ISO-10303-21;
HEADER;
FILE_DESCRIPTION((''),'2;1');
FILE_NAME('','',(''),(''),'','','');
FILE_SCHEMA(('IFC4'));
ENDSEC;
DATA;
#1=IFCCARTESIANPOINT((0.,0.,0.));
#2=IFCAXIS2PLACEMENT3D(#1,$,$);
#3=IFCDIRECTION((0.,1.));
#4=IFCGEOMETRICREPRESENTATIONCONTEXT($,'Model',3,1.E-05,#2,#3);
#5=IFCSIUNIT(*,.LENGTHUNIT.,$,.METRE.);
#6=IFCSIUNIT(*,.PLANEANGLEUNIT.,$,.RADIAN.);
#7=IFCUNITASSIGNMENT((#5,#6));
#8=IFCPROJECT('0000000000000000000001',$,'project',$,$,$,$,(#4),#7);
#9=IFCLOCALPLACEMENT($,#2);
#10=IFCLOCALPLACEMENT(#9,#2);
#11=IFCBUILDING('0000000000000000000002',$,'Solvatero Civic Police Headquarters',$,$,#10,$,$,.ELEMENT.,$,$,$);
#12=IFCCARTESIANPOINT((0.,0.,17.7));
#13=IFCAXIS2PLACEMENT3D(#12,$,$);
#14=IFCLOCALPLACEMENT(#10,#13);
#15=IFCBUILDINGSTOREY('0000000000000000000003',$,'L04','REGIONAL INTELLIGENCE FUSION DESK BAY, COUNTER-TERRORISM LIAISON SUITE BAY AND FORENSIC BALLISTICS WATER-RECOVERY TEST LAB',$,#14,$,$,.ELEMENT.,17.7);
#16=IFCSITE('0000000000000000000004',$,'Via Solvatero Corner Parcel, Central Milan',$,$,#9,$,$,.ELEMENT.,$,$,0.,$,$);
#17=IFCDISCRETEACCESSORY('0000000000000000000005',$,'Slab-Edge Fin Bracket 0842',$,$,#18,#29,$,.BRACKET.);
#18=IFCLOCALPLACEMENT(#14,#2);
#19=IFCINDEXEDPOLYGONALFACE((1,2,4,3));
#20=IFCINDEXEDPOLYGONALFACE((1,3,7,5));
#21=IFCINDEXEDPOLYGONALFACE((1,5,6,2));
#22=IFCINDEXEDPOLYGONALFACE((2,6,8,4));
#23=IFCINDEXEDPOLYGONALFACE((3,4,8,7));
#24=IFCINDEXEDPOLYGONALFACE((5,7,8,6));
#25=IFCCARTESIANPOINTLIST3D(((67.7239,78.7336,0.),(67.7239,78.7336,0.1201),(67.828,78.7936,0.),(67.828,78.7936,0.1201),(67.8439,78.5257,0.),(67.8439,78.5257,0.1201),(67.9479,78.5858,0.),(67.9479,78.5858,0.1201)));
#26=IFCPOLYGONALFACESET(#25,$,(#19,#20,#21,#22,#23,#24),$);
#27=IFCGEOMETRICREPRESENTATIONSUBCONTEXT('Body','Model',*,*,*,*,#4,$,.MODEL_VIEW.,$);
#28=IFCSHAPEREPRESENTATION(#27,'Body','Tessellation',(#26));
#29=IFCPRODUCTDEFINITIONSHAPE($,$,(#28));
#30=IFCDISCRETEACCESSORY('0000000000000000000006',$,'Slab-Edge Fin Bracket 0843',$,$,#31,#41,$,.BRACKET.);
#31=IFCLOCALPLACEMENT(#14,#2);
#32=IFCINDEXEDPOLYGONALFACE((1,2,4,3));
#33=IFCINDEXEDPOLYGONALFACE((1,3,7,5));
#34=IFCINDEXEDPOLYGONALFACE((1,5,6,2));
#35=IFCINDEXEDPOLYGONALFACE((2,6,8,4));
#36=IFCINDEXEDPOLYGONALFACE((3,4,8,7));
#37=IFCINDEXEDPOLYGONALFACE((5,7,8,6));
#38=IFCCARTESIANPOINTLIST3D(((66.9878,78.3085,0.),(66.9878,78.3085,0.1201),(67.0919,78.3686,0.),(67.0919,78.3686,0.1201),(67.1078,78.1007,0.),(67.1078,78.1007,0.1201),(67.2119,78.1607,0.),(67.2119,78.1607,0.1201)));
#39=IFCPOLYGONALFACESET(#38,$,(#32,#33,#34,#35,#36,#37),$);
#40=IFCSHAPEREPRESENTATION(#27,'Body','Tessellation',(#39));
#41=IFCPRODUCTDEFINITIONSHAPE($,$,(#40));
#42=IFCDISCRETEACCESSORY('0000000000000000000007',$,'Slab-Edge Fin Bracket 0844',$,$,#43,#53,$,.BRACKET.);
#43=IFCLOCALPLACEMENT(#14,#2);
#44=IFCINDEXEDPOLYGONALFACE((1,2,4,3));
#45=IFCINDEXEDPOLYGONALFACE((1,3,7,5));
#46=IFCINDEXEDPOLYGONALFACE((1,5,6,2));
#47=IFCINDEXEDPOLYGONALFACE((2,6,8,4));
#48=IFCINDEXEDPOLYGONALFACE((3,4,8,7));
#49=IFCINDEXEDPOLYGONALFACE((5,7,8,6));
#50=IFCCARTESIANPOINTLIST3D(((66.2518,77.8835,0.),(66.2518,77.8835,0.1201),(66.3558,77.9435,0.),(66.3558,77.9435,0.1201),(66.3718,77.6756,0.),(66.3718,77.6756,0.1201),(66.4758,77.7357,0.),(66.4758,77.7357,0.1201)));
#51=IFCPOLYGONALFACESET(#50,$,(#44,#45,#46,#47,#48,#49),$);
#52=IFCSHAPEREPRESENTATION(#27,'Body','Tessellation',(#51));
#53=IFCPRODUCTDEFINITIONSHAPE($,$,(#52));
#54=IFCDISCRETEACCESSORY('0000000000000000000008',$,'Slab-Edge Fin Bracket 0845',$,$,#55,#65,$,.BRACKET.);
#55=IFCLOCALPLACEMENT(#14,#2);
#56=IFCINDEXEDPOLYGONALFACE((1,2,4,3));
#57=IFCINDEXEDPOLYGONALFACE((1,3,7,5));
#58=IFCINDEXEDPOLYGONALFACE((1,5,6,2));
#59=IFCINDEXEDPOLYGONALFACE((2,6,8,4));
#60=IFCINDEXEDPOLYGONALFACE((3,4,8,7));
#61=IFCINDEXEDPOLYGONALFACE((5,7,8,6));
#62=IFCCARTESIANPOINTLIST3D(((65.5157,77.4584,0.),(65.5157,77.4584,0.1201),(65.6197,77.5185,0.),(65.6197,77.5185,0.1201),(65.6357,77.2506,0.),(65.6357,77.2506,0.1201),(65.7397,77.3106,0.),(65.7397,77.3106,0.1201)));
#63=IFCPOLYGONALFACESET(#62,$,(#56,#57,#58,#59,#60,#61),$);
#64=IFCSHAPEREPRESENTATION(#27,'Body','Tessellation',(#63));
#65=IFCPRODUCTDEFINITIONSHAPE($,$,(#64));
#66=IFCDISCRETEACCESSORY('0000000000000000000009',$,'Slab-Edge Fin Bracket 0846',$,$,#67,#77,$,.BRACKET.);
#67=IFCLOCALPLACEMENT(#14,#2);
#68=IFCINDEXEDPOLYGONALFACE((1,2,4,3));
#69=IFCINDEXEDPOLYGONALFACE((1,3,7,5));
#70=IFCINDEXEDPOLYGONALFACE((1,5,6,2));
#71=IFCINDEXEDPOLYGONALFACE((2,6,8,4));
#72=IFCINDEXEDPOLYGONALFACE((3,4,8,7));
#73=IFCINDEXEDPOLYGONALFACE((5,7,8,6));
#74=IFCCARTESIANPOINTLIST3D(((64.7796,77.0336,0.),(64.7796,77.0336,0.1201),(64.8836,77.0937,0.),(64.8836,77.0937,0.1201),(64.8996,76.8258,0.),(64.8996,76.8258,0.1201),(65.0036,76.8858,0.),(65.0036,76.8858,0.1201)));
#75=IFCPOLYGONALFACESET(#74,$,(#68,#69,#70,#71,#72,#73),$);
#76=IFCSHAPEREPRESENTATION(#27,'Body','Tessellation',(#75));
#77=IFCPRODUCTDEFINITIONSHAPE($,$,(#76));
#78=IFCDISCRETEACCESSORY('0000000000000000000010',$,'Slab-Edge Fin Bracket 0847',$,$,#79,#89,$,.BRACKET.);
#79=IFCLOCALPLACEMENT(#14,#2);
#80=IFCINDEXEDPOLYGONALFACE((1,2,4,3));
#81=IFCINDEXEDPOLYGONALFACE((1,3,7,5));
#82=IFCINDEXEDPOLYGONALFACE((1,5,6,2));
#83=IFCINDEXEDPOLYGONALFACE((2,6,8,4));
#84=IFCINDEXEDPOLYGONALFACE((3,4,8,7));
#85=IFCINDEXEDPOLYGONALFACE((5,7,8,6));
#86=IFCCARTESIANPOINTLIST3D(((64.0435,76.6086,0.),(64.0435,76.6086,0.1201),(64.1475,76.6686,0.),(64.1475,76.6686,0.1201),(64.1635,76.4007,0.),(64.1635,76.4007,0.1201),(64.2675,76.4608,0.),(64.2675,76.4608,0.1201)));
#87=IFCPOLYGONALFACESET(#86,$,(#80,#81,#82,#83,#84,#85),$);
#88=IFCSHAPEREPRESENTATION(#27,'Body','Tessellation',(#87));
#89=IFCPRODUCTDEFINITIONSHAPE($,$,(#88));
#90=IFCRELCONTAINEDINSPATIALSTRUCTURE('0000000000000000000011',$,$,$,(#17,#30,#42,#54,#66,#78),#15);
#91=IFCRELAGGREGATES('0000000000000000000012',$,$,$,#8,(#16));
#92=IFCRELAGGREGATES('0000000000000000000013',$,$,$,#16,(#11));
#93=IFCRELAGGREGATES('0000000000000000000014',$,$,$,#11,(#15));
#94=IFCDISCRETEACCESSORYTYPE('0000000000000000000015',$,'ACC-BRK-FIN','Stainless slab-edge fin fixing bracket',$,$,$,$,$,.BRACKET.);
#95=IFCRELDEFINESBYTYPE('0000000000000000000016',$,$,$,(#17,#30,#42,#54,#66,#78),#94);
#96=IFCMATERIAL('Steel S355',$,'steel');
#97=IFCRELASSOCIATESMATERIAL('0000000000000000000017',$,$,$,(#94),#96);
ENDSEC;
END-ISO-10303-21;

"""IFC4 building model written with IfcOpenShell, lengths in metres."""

from ifc_helpers import new_model, si_unit, direction, frame, origin, origin_2d, place, context, subcontext, project, spatial, rectangle, extrude, material, type_object, element, save


model = new_model("IFC4")

# Units and contexts
model_context = context("Model", 3, precision=1e-05, world=origin(), true_north=direction((0.0, 1.0)))
body_context = subcontext(model_context, "Body", "Model", "MODEL_VIEW")
ifc_project = project(units=[si_unit("LENGTHUNIT", "METRE"), si_unit("PLANEANGLEUNIT", "RADIAN")], contexts=[model_context])

# Site, building, storey
site_placement = place(None, origin())
site = spatial("IfcSite", under=ifc_project, at=site_placement, Name="Via Solvatero Corner Parcel, Central Milan", CompositionType="ELEMENT", RefElevation=0.0)
building_placement = place(site_placement, origin())
building = spatial("IfcBuilding", under=site, at=building_placement, Name="Solvatero Civic Police Headquarters", CompositionType="ELEMENT")
storey_placement = place(building_placement, frame((0.0, 0.0, 17.7)))
storey = spatial("IfcBuildingStorey", under=building, at=storey_placement, Name="L04", Description="REGIONAL INTELLIGENCE FUSION DESK BAY, COUNTER-TERRORISM LIAISON SUITE BAY AND FORENSIC BALLISTICS WATER-RECOVERY TEST LAB", CompositionType="ELEMENT", Elevation=17.7)

# Discrete accessories
ifc_material_1 = material(Name="Steel S355", Category="steel")
discrete_accessory_type = type_object("IfcDiscreteAccessoryType", Name="ACC-BRK-FIN", Description="Stainless slab-edge fin fixing bracket", PredefinedType="BRACKET", material=ifc_material_1)
for number, where, z_axis, x_axis, name in (
    (1, (67.8359, 78.6597, 0.0), (0.0, 0.0, 1.0), (-0.866025, -0.5, 0.0), "Slab-Edge Fin Bracket 0842"),
    (2, (67.0999, 78.2346, 0.0), (0.0, 0.0, 1.0), (-0.866025, -0.5, 0.0), "Slab-Edge Fin Bracket 0843"),
    (3, (66.3638, 77.8096, 0.0), (0.0, 0.0, 1.0), (-0.866025, -0.5, 0.0), "Slab-Edge Fin Bracket 0844"),
    (4, (65.6277, 77.3845, 0.0), (0.0, 0.0, 1.0), (-0.866025, -0.5, 0.0), "Slab-Edge Fin Bracket 0845"),
    (5, (64.8916, 76.9597, 0.0), (0.0, 0.0, 1.0), (-0.866025, -0.5, 0.0), "Slab-Edge Fin Bracket 0846"),
    (6, (64.1555, 76.5347, 0.0), (0.0, 0.0, 1.0), (-0.866025, -0.5, 0.0), "Slab-Edge Fin Bracket 0847"),
):
    element("IfcDiscreteAccessory", number, at=place(storey_placement, frame(where, z_axis=z_axis, x_axis=x_axis)), inside=storey, type_object=discrete_accessory_type, Name=name, PredefinedType="BRACKET", context=body_context, shape_type="SweptSolid", body=[
        extrude(rectangle(XDim=0.1201, YDim=0.24, at=origin_2d()), origin(), (0.0, 0.0, 1.0), 0.1201),
    ])

save(model, "model.ifc")
